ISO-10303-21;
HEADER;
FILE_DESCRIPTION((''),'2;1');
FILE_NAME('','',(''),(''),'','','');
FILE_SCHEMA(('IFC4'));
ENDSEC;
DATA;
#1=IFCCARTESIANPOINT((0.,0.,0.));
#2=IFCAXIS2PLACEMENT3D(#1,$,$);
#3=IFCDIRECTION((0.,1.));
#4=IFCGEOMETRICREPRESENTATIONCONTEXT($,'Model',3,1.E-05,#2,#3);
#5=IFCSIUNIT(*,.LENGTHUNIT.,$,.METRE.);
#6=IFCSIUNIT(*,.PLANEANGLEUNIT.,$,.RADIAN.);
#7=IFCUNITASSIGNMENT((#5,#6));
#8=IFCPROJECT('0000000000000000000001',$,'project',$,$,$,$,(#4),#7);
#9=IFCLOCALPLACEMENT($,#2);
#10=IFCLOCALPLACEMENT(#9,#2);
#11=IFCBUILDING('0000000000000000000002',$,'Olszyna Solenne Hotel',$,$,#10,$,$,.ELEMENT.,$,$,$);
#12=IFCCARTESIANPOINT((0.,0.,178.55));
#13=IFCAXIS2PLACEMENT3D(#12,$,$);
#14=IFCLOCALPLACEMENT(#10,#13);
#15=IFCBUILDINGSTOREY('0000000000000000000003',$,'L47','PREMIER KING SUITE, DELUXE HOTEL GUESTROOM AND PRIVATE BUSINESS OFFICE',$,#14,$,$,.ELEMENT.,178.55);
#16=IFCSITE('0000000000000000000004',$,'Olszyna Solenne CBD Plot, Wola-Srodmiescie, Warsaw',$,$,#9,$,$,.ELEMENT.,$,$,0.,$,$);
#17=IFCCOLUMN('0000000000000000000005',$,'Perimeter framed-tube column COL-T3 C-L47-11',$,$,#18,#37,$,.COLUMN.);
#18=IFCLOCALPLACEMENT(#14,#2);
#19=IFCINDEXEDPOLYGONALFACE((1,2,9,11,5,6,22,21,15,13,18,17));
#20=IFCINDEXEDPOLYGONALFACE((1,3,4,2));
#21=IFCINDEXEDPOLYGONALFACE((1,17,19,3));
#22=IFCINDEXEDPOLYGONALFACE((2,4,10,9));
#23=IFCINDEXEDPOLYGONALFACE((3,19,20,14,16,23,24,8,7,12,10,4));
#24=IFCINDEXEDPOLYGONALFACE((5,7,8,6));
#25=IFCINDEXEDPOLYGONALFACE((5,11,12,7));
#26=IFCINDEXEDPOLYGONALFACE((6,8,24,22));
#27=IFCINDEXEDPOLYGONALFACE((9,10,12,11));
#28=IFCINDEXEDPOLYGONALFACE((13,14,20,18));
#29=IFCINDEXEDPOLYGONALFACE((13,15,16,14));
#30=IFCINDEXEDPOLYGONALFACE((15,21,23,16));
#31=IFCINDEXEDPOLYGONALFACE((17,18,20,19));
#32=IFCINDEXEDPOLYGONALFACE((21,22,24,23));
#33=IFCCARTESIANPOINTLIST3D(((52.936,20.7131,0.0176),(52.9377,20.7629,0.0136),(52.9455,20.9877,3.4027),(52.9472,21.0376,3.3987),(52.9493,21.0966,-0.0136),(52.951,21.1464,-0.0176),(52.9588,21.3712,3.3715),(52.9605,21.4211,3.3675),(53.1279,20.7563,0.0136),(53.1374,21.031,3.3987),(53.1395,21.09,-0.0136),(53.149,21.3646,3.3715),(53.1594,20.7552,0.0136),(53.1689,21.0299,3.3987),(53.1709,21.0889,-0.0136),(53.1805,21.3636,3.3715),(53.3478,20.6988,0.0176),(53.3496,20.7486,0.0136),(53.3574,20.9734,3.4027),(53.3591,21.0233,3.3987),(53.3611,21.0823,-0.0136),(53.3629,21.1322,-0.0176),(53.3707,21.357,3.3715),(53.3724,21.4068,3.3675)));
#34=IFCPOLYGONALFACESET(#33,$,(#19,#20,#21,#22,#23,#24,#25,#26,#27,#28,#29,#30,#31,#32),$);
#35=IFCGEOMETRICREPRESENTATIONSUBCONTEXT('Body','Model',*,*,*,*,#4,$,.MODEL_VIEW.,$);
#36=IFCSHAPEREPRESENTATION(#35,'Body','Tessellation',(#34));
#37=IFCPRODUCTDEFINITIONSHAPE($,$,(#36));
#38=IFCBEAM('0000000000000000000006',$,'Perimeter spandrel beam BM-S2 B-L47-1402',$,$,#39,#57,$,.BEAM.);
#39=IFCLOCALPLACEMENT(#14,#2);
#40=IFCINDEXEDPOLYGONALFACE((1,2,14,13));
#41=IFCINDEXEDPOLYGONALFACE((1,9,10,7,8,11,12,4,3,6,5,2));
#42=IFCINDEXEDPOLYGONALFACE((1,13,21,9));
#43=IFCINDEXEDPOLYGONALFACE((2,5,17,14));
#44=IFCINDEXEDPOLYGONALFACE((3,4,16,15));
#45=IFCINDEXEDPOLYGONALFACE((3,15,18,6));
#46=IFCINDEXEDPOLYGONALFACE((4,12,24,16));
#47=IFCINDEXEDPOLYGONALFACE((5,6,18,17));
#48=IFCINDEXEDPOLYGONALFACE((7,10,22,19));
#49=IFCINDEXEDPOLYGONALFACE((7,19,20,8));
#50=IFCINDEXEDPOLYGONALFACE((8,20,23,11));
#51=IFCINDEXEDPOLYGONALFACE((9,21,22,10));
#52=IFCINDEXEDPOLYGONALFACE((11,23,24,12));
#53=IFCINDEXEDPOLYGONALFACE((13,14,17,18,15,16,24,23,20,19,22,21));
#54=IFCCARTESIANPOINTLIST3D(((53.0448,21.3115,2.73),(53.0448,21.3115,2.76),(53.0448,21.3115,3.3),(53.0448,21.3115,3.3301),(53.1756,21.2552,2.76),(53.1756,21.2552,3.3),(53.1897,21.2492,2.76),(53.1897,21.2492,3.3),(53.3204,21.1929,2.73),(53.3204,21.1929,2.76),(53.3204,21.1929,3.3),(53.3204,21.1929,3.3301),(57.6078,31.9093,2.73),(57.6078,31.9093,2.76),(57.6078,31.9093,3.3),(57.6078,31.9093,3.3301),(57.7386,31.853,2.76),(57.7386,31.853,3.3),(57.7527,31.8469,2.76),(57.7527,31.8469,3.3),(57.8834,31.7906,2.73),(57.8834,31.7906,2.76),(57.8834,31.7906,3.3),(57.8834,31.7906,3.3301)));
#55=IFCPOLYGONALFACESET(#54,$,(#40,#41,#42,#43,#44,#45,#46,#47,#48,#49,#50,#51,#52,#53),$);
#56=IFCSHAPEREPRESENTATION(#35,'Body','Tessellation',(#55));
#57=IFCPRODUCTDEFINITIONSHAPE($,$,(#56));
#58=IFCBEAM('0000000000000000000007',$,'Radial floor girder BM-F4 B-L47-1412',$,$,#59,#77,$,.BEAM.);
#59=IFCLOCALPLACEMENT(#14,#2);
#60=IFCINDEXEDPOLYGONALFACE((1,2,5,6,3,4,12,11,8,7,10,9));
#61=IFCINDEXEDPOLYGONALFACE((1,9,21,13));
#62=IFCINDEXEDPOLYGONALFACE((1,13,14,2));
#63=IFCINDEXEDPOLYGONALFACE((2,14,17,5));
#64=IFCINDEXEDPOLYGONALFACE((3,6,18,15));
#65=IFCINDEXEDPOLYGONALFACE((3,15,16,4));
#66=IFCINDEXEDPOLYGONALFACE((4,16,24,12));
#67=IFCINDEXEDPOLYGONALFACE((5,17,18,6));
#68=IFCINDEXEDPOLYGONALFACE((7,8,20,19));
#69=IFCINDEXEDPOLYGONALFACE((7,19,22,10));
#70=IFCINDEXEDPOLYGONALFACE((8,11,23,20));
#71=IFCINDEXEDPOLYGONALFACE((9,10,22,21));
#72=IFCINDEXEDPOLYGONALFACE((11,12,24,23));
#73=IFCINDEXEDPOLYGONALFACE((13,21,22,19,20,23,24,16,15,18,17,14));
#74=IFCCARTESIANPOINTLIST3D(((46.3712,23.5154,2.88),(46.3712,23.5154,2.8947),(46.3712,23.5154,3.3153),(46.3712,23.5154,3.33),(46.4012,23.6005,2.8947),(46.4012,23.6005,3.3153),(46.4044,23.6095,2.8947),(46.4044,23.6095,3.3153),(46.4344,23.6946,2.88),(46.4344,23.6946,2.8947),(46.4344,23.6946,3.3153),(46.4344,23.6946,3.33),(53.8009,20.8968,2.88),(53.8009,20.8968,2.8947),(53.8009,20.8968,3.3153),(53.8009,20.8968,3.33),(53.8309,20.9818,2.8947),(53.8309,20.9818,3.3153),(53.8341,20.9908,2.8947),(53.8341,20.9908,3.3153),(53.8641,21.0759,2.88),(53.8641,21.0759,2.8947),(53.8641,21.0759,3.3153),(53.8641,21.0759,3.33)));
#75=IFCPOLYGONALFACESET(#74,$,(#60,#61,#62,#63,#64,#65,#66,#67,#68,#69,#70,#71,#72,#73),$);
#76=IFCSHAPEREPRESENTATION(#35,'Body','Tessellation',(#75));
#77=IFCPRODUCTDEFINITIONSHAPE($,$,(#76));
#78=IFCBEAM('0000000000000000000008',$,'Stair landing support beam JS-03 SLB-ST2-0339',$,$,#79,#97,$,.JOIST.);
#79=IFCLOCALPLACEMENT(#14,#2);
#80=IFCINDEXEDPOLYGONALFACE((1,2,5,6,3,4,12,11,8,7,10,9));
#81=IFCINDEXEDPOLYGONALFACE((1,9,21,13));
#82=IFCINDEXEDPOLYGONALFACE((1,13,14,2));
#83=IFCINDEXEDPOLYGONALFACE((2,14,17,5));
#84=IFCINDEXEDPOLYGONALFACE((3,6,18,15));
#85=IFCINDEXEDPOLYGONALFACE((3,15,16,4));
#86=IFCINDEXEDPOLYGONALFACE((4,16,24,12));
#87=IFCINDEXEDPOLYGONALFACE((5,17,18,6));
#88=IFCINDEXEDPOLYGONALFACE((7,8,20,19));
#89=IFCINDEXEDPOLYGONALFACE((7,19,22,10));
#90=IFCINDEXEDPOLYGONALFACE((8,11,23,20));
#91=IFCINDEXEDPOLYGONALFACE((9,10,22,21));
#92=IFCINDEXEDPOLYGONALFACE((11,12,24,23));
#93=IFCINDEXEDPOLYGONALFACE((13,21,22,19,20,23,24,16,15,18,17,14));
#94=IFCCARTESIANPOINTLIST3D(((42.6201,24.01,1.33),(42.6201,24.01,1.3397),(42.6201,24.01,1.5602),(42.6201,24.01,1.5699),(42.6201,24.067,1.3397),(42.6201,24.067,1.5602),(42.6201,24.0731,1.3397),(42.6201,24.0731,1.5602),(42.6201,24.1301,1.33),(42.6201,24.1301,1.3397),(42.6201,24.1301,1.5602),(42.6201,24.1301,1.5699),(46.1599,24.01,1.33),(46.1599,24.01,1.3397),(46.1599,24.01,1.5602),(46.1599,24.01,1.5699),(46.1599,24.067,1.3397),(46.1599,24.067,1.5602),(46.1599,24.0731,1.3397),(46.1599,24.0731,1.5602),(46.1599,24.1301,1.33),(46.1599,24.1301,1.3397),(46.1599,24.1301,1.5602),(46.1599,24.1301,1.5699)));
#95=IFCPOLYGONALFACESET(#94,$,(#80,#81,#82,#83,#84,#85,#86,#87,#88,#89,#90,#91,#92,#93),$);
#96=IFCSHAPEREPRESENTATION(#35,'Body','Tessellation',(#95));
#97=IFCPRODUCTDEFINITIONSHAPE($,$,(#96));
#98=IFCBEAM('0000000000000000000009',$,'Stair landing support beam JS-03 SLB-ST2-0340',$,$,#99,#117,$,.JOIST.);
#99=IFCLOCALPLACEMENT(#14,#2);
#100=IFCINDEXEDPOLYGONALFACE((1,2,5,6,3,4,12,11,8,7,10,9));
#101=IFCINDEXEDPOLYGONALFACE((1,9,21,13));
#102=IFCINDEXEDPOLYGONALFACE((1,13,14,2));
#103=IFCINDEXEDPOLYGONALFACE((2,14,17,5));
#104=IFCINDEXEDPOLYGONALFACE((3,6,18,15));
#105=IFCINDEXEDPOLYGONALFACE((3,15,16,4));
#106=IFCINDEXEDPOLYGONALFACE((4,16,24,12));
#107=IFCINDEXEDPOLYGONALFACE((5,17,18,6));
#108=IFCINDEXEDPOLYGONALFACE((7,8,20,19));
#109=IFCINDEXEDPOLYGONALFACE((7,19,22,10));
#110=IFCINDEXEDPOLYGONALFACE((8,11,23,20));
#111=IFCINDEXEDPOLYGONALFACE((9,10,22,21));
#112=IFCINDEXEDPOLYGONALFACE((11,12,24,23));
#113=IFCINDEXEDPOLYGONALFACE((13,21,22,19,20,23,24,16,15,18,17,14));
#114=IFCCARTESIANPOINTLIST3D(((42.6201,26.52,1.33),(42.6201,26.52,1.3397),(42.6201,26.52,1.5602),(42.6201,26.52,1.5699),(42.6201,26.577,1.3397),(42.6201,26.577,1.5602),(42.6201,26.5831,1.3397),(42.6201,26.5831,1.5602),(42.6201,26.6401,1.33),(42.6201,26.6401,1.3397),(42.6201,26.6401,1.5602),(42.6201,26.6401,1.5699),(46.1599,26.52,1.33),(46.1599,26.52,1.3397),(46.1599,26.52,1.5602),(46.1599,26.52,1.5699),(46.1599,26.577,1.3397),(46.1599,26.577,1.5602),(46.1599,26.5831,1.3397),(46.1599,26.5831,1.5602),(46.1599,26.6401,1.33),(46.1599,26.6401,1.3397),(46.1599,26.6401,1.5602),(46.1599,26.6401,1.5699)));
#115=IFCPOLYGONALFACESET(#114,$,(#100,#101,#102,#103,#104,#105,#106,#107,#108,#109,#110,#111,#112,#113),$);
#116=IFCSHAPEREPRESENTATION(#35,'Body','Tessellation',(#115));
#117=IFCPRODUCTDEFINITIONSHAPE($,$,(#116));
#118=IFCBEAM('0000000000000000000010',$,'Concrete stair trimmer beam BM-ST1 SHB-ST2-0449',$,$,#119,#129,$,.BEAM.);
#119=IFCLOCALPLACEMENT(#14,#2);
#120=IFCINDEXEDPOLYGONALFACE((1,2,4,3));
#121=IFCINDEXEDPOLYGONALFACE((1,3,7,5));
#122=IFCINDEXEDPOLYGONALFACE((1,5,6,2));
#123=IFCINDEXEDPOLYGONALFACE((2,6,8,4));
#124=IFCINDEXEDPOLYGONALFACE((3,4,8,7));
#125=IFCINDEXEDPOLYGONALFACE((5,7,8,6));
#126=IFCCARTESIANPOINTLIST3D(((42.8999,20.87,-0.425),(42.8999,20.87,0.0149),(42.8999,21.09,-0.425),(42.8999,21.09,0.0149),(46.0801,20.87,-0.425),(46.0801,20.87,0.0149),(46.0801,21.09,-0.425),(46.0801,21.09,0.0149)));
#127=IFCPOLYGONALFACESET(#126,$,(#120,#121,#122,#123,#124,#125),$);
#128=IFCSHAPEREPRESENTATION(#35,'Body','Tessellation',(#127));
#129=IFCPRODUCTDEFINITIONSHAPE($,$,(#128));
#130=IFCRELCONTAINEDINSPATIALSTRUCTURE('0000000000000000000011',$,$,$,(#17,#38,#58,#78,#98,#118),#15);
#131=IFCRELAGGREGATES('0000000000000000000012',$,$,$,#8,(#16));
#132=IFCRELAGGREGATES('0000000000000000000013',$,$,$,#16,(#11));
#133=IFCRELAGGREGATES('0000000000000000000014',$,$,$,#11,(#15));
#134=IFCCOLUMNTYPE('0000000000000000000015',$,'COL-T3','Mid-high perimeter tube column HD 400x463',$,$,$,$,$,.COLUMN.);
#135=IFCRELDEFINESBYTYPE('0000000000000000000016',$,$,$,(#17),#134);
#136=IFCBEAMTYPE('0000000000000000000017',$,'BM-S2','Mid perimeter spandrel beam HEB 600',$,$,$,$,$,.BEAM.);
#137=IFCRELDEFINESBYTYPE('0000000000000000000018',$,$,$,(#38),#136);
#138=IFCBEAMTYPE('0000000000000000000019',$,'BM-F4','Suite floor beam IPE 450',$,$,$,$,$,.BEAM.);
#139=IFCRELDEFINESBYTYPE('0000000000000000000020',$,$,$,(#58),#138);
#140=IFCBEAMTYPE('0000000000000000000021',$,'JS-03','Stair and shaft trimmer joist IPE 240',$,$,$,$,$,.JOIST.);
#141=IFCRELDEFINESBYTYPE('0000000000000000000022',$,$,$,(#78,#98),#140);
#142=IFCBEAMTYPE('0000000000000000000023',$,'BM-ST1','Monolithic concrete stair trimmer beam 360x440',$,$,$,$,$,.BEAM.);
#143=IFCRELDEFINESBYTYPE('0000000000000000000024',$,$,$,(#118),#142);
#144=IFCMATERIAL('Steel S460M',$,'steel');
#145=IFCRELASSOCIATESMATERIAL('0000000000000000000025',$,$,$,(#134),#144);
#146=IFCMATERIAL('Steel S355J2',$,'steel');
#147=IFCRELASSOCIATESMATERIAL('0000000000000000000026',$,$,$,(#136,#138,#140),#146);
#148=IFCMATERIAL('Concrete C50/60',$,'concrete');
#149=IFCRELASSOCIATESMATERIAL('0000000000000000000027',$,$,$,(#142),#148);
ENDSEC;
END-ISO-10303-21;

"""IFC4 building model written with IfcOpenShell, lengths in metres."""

from ifc_helpers import new_model, si_unit, direction, frame, origin, origin_2d, place, context, subcontext, project, spatial, rectangle, i_section, extrude, source, transform, mapped, material, material_profile, profile_set, type_object, element, save


model = new_model("IFC4")

# Units and contexts
model_context = context("Model", 3, precision=1e-05, world=origin(), true_north=direction((0.0, 1.0)))
body_context = subcontext(model_context, "Body", "Model", "MODEL_VIEW")
ifc_project = project(units=[si_unit("LENGTHUNIT", "METRE"), si_unit("PLANEANGLEUNIT", "RADIAN")], contexts=[model_context])

# Site, building, storey
site_placement = place(None, origin())
site = spatial("IfcSite", under=ifc_project, at=site_placement, Name="Olszyna Solenne CBD Plot, Wola-Srodmiescie, Warsaw", CompositionType="ELEMENT", RefElevation=0.0)
building_placement = place(site_placement, origin())
building = spatial("IfcBuilding", under=site, at=building_placement, Name="Olszyna Solenne Hotel", CompositionType="ELEMENT")
storey_placement = place(building_placement, frame((0.0, 0.0, 178.55)))
storey = spatial("IfcBuildingStorey", under=building, at=storey_placement, Name="L47", Description="PREMIER KING SUITE, DELUXE HOTEL GUESTROOM AND PRIVATE BUSINESS OFFICE", CompositionType="ELEMENT", Elevation=178.55)

# Column
ifc_material_1 = material(Name="Steel S460M", Category="steel")
ifc_material_profile_1 = material_profile(ifc_material_1, i_section(OverallWidth=0.4121, OverallDepth=0.4351, WebThickness=0.0315, FlangeThickness=0.05, at=origin_2d()), Name="HD 400x463", Category="load-bearing")
ifc_profile_set_1 = profile_set([ifc_material_profile_1], Name="Steel S460M")
column_type = type_object("IfcColumnType", Name="COL-T3", Description="Mid-high perimeter tube column HD 400x463", PredefinedType="COLUMN", material=ifc_profile_set_1)
shared_shape_1 = source(origin(), body_context, "Body", "SweptSolid", [
    extrude(i_section(OverallWidth=0.4121, OverallDepth=0.4351, WebThickness=0.0315, FlangeThickness=0.05, at=origin_2d()), origin(), (0.0, 0.0, 1.0), 3.3962),
])
column_placement = place(storey_placement, frame((53.1494, 20.9226, 0.0), z_axis=(0.002804, 0.080873, 0.99672), x_axis=(-0.9994, 0.034646, 0.0)))
element("IfcColumn", 1, at=column_placement, inside=storey, type_object=column_type, Name="Perimeter framed-tube column COL-T3 C-L47-11", PredefinedType="COLUMN", context=body_context, shape_type="MappedRepresentation", body=[
    mapped(shared_shape_1, transform((0.0, 0.0, 0.0), x_axis=(1.0, 0.0, 0.0), y_axis=(0.0, 1.0, 0.0), z_axis=(0.0, 0.0, 1.0), scale=1.0)),
])

# Beams
ifc_material_2 = material(Name="Steel S355J2", Category="steel")
ifc_material_profile_2 = material_profile(ifc_material_2, i_section(OverallWidth=0.3, OverallDepth=0.6001, WebThickness=0.0154, FlangeThickness=0.03, at=origin_2d()), Name="HEB 600", Category="load-bearing")
ifc_profile_set_2 = profile_set([ifc_material_profile_2], Name="Steel S355J2")
beam_type_1 = type_object("IfcBeamType", Name="BM-S2", Description="Mid perimeter spandrel beam HEB 600", PredefinedType="BEAM", material=ifc_profile_set_2)
shared_shape_2 = source(origin(), body_context, "Body", "SweptSolid", [
    extrude(i_section(OverallWidth=0.3, OverallDepth=0.6001, WebThickness=0.0154, FlangeThickness=0.03, at=origin_2d()), origin(), (0.0, 0.0, 1.0), 11.5383),
])
beam_1_placement = place(storey_placement, frame((53.1826, 21.2522, 3.03), z_axis=(0.395466, 0.91848, 0.0), x_axis=(-0.91848, 0.395466, 0.0)))
element("IfcBeam", 2, at=beam_1_placement, inside=storey, type_object=beam_type_1, Name="Perimeter spandrel beam BM-S2 B-L47-1402", PredefinedType="BEAM", context=body_context, shape_type="MappedRepresentation", body=[
    mapped(shared_shape_2, transform((0.0, 0.0, 0.0), x_axis=(1.0, 0.0, 0.0), y_axis=(0.0, 1.0, 0.0), z_axis=(0.0, 0.0, 1.0), scale=1.0)),
])
ifc_material_profile_3 = material_profile(ifc_material_2, i_section(OverallWidth=0.1899, OverallDepth=0.45, WebThickness=0.0095, FlangeThickness=0.0146, at=origin_2d()), Name="IPE 450", Category="load-bearing")
ifc_profile_set_3 = profile_set([ifc_material_profile_3], Name="Steel S355J2")
beam_type_2 = type_object("IfcBeamType", Name="BM-F4", Description="Suite floor beam IPE 450", PredefinedType="BEAM", material=ifc_profile_set_3)
shared_shape_3 = source(origin(), body_context, "Body", "SweptSolid", [
    extrude(i_section(OverallWidth=0.1899, OverallDepth=0.45, WebThickness=0.0095, FlangeThickness=0.0146, at=origin_2d()), origin(), (0.0, 0.0, 1.0), 7.8777),
])
beam_2_placement = place(storey_placement, frame((53.8325, 20.9863, 3.105), z_axis=(-0.943133, 0.332415, 0.0), x_axis=(-0.332415, -0.943133, 0.0)))
element("IfcBeam", 3, at=beam_2_placement, inside=storey, type_object=beam_type_2, Name="Radial floor girder BM-F4 B-L47-1412", PredefinedType="BEAM", context=body_context, shape_type="MappedRepresentation", body=[
    mapped(shared_shape_3, transform((0.0, 0.0, 0.0), x_axis=(1.0, 0.0, 0.0), y_axis=(0.0, 1.0, 0.0), z_axis=(0.0, 0.0, 1.0), scale=1.0)),
])
ifc_material_profile_4 = material_profile(ifc_material_2, i_section(OverallWidth=0.1201, OverallDepth=0.24, WebThickness=0.0061, FlangeThickness=0.0098, at=origin_2d()), Name="IPE 240", Category="load-bearing")
ifc_profile_set_4 = profile_set([ifc_material_profile_4], Name="Steel S355J2")
beam_type_3 = type_object("IfcBeamType", Name="JS-03", Description="Stair and shaft trimmer joist IPE 240", PredefinedType="JOIST", material=ifc_profile_set_4)
shared_shape_4 = source(origin(), body_context, "Body", "SweptSolid", [
    extrude(i_section(OverallWidth=0.1201, OverallDepth=0.24, WebThickness=0.0061, FlangeThickness=0.0098, at=origin_2d()), origin(), (0.0, 0.0, 1.0), 3.5398),
])
for number, where, z_axis, x_axis, name in (
    (4, (46.1599, 24.0701, 1.45), (-1.0, 0.0, 0.0), (0.0, -1.0, 0.0), "Stair landing support beam JS-03 SLB-ST2-0339"),
    (5, (46.1599, 26.5801, 1.45), (-1.0, 0.0, 0.0), (0.0, -1.0, 0.0), "Stair landing support beam JS-03 SLB-ST2-0340"),
):
    element("IfcBeam", number, at=place(storey_placement, frame(where, z_axis=z_axis, x_axis=x_axis)), inside=storey, type_object=beam_type_3, Name=name, PredefinedType="JOIST", context=body_context, shape_type="MappedRepresentation", body=[
        mapped(shared_shape_4, transform((0.0, 0.0, 0.0), x_axis=(1.0, 0.0, 0.0), y_axis=(0.0, 1.0, 0.0), z_axis=(0.0, 0.0, 1.0), scale=1.0)),
    ])
ifc_material_3 = material(Name="Concrete C50/60", Category="concrete")
ifc_material_profile_5 = material_profile(ifc_material_3, rectangle(XDim=0.22, YDim=0.4399, at=origin_2d()), Name="RC 220x440", Category="load-bearing")
ifc_profile_set_5 = profile_set([ifc_material_profile_5], Name="Concrete C50/60")
beam_type_4 = type_object("IfcBeamType", Name="BM-ST1", Description="Monolithic concrete stair trimmer beam 360x440", PredefinedType="BEAM", material=ifc_profile_set_5)
shared_shape_5 = source(origin(), body_context, "Body", "SweptSolid", [
    extrude(rectangle(XDim=0.22, YDim=0.4399, at=origin_2d()), origin(), (0.0, 0.0, 1.0), 3.1802),
])
beam_3_placement = place(storey_placement, frame((46.0801, 20.98, -0.2051), z_axis=(-1.0, 0.0, 0.0), x_axis=(0.0, -1.0, 0.0)))
element("IfcBeam", 6, at=beam_3_placement, inside=storey, type_object=beam_type_4, Name="Concrete stair trimmer beam BM-ST1 SHB-ST2-0449", PredefinedType="BEAM", context=body_context, shape_type="MappedRepresentation", body=[
    mapped(shared_shape_5, transform((0.0, 0.0, 0.0), x_axis=(1.0, 0.0, 0.0), y_axis=(0.0, 1.0, 0.0), z_axis=(0.0, 0.0, 1.0), scale=1.0)),
])

save(model, "model.ifc")
